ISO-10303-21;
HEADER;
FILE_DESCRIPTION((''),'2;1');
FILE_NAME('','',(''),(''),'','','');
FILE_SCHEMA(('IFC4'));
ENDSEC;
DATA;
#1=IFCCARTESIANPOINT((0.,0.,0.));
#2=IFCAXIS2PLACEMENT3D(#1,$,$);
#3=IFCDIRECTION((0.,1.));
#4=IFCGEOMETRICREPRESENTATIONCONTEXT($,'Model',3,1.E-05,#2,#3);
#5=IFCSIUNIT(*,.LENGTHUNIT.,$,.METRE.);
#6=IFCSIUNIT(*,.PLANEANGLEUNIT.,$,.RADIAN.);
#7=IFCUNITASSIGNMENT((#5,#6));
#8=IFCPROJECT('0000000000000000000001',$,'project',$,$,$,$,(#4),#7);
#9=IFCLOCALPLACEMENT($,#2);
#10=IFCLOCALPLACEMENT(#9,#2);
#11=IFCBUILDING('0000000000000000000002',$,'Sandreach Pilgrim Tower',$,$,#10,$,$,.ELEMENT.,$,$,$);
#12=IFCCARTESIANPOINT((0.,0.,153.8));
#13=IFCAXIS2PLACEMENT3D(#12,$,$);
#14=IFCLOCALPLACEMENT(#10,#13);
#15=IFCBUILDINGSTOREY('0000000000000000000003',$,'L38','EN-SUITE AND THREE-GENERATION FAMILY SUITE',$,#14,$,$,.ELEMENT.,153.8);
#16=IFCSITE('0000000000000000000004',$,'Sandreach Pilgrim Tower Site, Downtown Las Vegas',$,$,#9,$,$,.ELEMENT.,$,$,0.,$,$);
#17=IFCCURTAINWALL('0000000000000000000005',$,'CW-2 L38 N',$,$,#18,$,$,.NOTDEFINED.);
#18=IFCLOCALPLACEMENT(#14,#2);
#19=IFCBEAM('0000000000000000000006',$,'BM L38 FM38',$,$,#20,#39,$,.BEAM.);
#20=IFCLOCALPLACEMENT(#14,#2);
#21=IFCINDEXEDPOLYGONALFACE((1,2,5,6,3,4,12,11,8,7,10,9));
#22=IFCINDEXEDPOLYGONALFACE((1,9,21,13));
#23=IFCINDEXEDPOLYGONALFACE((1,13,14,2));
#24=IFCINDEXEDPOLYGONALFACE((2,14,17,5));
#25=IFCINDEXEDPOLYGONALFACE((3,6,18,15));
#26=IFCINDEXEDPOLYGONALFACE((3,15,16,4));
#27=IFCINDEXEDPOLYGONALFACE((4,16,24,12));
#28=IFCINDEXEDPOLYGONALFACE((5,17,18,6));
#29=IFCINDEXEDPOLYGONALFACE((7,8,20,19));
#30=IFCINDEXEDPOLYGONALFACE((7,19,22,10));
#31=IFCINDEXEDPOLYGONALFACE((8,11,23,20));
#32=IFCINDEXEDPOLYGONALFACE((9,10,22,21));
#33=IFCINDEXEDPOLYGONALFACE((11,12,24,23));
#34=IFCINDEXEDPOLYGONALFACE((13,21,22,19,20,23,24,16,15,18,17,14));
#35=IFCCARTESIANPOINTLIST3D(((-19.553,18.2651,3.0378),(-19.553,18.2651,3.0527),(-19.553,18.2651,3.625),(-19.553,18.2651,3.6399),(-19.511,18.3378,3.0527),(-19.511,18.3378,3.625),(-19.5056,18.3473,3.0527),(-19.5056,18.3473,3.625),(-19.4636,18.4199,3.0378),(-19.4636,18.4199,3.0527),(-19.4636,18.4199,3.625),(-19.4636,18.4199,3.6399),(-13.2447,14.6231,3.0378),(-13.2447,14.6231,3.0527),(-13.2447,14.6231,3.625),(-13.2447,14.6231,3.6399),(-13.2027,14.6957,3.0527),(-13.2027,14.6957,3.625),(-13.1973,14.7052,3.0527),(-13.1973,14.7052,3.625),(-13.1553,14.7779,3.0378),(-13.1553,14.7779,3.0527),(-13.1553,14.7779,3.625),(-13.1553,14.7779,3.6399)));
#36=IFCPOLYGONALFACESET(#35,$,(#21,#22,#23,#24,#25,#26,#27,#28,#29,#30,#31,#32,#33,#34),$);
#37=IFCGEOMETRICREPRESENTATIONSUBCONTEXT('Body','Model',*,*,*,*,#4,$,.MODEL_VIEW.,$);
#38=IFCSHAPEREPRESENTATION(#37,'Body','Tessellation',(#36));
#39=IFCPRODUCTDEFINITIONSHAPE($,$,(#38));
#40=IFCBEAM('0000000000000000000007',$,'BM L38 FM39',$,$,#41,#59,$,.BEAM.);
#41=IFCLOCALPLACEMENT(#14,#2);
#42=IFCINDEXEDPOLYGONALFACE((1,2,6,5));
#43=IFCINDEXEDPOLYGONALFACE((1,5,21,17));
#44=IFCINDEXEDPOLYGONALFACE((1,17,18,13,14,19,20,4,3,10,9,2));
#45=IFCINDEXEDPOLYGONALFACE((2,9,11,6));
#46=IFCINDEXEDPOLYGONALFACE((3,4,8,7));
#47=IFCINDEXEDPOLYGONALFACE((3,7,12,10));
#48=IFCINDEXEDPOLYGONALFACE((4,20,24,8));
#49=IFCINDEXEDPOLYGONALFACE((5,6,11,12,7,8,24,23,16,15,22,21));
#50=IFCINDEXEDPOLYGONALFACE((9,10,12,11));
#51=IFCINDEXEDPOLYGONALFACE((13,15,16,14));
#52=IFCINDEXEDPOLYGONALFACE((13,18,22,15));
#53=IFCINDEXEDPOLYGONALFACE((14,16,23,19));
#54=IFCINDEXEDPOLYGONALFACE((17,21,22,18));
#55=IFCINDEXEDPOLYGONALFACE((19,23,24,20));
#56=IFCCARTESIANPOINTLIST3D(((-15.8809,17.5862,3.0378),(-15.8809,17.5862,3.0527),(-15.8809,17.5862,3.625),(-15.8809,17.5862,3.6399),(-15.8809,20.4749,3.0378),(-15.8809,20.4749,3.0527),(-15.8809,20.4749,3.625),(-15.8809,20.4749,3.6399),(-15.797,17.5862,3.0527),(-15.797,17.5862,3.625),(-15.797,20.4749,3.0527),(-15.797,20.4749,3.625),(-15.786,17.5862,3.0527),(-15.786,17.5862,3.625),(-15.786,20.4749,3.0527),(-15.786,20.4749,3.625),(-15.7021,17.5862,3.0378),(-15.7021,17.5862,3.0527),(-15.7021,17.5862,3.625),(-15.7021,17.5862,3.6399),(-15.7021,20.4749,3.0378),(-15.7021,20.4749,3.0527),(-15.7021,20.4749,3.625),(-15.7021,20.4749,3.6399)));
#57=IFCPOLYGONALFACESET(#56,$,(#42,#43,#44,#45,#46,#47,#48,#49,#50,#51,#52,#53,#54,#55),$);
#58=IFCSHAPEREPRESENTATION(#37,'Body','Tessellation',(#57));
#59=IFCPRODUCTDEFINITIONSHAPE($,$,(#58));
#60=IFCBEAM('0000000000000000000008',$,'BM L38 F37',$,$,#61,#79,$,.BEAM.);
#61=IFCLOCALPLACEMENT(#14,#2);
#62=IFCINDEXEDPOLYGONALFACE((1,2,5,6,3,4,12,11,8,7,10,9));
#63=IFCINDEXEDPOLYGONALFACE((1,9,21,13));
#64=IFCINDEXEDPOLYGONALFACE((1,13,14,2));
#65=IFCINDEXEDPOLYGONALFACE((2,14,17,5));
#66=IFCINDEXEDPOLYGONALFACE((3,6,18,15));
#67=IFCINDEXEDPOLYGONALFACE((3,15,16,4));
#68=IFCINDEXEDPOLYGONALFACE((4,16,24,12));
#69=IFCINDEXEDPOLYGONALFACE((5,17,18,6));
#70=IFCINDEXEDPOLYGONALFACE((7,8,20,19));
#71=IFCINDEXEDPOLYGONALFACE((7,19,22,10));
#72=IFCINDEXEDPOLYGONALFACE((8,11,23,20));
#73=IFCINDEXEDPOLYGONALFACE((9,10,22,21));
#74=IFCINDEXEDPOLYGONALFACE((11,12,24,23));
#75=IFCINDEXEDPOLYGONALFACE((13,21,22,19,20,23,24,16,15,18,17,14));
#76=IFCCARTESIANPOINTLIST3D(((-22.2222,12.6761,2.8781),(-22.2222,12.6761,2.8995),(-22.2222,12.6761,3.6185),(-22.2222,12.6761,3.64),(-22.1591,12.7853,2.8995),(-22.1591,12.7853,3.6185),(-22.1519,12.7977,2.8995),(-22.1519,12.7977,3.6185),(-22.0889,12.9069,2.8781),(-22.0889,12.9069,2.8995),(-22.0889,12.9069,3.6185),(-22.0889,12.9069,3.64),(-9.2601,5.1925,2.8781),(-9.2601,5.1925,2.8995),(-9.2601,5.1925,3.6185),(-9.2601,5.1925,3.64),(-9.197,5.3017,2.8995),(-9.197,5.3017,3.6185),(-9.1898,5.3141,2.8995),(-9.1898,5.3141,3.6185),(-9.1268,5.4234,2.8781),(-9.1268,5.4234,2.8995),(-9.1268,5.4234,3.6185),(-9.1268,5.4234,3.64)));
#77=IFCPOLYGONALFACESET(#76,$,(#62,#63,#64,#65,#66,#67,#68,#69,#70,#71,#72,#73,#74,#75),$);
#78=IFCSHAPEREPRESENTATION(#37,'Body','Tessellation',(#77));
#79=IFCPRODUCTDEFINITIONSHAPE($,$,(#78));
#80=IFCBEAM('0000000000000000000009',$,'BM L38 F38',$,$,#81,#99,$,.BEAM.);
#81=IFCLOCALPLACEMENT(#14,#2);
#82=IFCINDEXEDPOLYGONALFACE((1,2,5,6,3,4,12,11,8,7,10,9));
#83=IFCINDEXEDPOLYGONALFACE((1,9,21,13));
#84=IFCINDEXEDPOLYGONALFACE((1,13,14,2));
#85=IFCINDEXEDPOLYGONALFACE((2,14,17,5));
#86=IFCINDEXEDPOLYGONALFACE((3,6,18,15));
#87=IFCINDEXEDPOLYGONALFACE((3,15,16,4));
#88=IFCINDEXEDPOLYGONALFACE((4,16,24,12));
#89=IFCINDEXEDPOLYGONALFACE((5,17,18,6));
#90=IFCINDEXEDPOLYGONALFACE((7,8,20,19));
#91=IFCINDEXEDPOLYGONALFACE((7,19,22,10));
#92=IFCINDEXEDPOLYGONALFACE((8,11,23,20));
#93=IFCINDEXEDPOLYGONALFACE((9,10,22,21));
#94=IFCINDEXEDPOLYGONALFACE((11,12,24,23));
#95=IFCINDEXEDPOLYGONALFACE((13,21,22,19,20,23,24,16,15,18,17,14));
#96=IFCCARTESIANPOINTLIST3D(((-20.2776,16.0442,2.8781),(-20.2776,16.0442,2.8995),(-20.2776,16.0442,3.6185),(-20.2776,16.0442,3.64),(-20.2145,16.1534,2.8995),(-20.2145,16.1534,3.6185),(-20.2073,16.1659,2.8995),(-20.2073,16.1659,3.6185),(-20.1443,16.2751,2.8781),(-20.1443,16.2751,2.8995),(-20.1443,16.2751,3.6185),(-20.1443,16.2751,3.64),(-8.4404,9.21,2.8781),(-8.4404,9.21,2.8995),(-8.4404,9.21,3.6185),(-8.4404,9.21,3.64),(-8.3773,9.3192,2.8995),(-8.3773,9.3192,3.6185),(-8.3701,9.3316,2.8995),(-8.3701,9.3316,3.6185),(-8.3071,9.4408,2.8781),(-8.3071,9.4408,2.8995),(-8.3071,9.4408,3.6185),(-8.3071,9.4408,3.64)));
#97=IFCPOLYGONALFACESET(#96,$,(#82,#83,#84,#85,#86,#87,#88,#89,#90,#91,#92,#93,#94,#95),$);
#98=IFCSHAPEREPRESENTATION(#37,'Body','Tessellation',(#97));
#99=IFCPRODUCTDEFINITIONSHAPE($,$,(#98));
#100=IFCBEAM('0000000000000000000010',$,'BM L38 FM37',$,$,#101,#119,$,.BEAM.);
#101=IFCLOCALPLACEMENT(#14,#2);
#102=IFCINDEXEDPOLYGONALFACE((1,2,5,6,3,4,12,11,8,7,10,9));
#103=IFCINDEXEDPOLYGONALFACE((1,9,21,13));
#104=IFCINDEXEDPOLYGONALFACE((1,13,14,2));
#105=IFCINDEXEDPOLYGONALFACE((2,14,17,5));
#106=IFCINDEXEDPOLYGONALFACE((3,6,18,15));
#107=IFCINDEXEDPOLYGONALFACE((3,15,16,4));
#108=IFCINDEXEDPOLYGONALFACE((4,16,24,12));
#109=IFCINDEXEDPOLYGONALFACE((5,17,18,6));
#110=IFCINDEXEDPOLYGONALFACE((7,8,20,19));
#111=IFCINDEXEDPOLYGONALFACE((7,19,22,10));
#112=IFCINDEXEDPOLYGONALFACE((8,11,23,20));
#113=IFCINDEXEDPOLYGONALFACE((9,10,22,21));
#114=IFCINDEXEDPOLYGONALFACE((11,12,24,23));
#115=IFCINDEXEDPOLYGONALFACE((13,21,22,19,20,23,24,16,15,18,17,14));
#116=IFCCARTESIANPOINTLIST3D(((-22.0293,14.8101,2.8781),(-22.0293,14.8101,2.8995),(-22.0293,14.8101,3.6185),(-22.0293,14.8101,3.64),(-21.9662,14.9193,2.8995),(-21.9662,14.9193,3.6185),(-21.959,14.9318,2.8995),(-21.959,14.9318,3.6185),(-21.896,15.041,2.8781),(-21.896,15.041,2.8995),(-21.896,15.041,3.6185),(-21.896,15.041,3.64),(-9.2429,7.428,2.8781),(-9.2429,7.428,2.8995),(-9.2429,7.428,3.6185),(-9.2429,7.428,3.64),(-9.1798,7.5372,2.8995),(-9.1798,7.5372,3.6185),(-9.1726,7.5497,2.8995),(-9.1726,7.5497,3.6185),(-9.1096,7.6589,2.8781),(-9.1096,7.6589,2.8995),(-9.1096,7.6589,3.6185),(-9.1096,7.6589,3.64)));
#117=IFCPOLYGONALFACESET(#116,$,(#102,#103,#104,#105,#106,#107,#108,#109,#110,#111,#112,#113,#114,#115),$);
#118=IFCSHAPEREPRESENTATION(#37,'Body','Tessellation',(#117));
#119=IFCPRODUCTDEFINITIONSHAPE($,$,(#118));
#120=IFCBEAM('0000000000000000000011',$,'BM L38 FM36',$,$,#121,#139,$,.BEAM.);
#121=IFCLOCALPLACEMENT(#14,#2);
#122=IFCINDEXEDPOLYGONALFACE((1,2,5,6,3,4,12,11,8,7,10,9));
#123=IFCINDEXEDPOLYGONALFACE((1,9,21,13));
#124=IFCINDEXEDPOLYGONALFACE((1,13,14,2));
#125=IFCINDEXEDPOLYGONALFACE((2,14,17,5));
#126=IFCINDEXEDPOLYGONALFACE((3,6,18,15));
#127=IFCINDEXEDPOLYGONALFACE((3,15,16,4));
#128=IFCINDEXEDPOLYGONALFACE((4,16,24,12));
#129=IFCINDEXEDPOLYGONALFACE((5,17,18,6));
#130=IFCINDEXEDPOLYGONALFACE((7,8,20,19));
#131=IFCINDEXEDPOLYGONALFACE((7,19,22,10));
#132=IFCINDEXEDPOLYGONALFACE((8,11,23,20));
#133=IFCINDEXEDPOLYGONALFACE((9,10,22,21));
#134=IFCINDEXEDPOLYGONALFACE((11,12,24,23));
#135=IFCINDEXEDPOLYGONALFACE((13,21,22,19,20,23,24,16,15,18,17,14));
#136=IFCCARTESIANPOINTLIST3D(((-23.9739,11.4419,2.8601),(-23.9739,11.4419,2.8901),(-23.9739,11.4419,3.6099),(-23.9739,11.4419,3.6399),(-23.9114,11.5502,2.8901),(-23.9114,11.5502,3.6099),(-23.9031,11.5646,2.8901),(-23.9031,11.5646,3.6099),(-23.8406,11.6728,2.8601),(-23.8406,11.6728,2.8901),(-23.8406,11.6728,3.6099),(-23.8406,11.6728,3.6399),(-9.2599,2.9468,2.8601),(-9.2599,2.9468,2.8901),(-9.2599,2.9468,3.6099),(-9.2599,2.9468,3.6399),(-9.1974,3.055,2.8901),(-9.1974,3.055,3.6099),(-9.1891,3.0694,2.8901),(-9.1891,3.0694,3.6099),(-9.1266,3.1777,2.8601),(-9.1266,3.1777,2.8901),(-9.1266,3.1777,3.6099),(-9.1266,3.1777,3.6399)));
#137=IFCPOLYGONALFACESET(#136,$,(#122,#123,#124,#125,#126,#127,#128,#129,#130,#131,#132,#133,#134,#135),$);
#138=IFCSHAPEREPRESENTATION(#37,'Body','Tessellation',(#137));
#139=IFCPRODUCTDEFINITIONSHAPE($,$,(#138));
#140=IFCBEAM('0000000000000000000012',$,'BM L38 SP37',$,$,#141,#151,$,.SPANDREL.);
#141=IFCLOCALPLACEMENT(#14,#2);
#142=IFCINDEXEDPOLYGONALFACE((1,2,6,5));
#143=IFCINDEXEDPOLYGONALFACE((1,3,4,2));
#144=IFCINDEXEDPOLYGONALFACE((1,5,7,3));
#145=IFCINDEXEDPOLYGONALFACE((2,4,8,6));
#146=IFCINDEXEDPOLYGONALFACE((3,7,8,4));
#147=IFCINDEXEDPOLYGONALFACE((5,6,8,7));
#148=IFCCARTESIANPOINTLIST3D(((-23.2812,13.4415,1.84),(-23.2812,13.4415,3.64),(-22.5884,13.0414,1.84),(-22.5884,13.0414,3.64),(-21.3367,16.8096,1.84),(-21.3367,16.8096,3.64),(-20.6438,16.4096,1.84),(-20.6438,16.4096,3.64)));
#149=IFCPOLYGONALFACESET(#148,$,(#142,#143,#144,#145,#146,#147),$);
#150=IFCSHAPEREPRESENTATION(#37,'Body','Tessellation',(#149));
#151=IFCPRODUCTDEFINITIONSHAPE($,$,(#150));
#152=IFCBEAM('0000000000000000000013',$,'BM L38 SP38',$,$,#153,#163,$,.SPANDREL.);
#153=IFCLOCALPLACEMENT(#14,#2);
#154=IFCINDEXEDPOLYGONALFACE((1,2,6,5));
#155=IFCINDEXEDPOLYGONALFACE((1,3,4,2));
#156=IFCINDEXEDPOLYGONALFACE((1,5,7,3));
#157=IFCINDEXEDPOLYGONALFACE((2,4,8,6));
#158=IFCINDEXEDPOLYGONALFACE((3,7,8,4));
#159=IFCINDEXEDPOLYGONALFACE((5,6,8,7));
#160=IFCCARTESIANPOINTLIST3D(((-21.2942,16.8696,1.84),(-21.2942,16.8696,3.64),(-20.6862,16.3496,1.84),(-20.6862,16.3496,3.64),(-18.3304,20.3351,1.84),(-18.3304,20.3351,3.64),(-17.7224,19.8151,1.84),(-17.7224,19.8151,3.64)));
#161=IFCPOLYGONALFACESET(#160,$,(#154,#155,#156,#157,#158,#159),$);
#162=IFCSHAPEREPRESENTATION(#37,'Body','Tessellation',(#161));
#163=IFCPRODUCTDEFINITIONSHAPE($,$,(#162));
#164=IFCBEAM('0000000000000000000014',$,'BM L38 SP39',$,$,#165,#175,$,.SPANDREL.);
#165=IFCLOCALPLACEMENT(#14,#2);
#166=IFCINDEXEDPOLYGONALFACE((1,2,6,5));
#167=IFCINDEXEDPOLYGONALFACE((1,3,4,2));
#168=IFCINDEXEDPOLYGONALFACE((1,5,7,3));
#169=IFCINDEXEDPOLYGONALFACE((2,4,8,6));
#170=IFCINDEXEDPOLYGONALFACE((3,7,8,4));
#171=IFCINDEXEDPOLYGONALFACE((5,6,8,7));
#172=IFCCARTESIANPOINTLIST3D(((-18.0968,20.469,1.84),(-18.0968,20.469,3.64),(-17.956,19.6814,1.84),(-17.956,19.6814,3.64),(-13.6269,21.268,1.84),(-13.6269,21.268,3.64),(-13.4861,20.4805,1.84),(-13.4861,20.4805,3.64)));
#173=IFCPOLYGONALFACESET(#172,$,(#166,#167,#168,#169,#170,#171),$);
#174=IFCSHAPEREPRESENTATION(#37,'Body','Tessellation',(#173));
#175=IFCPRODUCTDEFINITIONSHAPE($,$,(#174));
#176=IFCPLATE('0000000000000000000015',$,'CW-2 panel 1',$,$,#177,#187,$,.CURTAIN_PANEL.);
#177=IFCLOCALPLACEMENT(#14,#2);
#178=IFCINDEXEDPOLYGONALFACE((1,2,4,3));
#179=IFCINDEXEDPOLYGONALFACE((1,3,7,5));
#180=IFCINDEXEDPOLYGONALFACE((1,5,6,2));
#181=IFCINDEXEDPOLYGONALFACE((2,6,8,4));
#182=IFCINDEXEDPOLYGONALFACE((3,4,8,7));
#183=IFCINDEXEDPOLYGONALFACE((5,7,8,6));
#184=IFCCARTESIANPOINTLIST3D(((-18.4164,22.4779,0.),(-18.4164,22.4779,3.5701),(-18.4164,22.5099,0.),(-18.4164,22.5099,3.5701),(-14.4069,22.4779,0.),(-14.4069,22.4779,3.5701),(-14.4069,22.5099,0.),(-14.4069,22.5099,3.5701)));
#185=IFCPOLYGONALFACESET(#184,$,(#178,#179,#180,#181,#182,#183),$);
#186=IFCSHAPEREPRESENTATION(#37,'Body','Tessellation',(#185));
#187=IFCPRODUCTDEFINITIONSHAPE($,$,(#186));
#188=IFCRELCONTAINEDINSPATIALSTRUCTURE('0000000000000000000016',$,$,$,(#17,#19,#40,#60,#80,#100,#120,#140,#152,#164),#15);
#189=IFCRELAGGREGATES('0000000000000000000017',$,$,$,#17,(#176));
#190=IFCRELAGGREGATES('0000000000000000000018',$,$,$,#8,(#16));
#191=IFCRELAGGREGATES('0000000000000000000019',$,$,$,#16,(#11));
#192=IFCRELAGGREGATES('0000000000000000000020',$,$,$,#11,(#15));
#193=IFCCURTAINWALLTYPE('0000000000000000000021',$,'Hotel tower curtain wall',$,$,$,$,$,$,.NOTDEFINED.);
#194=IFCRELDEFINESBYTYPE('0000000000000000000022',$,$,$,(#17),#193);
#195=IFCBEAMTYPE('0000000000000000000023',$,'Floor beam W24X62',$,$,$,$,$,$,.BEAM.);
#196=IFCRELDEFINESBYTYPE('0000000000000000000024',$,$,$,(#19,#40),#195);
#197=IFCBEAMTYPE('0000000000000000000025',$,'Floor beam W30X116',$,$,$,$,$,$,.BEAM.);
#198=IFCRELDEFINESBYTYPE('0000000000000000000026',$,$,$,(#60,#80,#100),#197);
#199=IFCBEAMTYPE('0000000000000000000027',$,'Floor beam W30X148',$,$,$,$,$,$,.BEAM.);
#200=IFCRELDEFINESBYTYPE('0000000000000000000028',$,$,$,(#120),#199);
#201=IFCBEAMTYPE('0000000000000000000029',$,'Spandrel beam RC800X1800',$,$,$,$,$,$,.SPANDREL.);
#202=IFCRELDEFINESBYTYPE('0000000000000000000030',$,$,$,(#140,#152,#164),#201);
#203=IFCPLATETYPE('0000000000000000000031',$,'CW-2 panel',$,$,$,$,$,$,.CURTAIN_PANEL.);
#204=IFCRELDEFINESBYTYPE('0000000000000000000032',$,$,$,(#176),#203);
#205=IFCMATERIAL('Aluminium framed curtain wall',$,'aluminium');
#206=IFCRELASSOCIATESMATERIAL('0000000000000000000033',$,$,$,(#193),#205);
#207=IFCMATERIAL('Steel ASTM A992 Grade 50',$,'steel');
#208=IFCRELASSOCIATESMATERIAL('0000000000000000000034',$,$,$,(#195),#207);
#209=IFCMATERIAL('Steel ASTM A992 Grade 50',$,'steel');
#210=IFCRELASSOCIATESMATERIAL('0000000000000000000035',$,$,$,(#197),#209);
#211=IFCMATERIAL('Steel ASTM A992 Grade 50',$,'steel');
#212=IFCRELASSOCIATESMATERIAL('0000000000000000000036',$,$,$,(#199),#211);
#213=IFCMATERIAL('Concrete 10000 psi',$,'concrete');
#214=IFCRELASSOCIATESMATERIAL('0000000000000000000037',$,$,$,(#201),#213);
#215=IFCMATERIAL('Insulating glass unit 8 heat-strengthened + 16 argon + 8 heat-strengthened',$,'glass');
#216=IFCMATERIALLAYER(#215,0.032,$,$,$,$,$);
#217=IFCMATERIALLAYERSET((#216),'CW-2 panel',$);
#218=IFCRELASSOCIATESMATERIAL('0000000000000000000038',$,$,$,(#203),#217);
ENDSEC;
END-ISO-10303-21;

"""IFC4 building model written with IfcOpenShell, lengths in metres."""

from ifc_helpers import new_model, si_unit, direction, frame, origin, origin_2d, place, context, subcontext, project, spatial, rectangle, i_section, extrude, material, layer, layer_set, material_profile, profile_set, type_object, element, aggregate, save


model = new_model("IFC4")

# Units and contexts
model_context = context("Model", 3, precision=1e-05, world=origin(), true_north=direction((0.0, 1.0)))
body_context = subcontext(model_context, "Body", "Model", "MODEL_VIEW")
ifc_project = project(units=[si_unit("LENGTHUNIT", "METRE"), si_unit("PLANEANGLEUNIT", "RADIAN")], contexts=[model_context])

# Site, building, storey
site_placement = place(None, origin())
site = spatial("IfcSite", under=ifc_project, at=site_placement, Name="Sandreach Pilgrim Tower Site, Downtown Las Vegas", CompositionType="ELEMENT", RefElevation=0.0)
building_placement = place(site_placement, origin())
building = spatial("IfcBuilding", under=site, at=building_placement, Name="Sandreach Pilgrim Tower", CompositionType="ELEMENT")
storey_placement = place(building_placement, frame((0.0, 0.0, 153.8)))
storey = spatial("IfcBuildingStorey", under=building, at=storey_placement, Name="L38", Description="EN-SUITE AND THREE-GENERATION FAMILY SUITE", CompositionType="ELEMENT", Elevation=153.8)

# Curtain wall
ifc_material_1 = material(Name="Aluminium framed curtain wall", Category="aluminium")
curtain_wall_type = type_object("IfcCurtainWallType", Name="Hotel tower curtain wall", PredefinedType="NOTDEFINED", material=ifc_material_1)
curtain_wall_1_placement = place(storey_placement, origin())
curtain_wall_1 = element("IfcCurtainWall", 1, at=curtain_wall_1_placement, inside=storey, type_object=curtain_wall_type, Name="CW-2 L38 N", PredefinedType="NOTDEFINED")

# Beams
ifc_material_2 = material(Name="Steel ASTM A992 Grade 50", Category="steel")
ifc_material_profile_1 = material_profile(ifc_material_2, i_section(OverallWidth=0.1787, OverallDepth=0.6021, WebThickness=0.011, FlangeThickness=0.0149, at=origin_2d()), Name="W24X62")
ifc_profile_set_1 = profile_set([ifc_material_profile_1], Name="Steel ASTM A992 Grade 50")
beam_type_1 = type_object("IfcBeamType", Name="Floor beam W24X62", PredefinedType="BEAM", material=ifc_profile_set_1)
beam_1_placement = place(storey_placement, frame((-19.5083, 18.3425, 3.3389), z_axis=(0.866028, -0.499996, 0.0), x_axis=(0.499996, 0.866028, 0.0)))
element("IfcBeam", 2, at=beam_1_placement, inside=storey, type_object=beam_type_1, Name="BM L38 FM38", PredefinedType="BEAM", context=body_context, shape_type="SweptSolid", body=[
    extrude(i_section(OverallWidth=0.1787, OverallDepth=0.6021, WebThickness=0.011, FlangeThickness=0.0149, at=origin_2d()), origin(), (0.0, 0.0, 1.0), 7.2842),
])
beam_2_placement = place(storey_placement, frame((-15.7915, 20.4749, 3.3389), z_axis=(0.0, -1.0, 0.0), x_axis=(1.0, 0.0, 0.0)))
element("IfcBeam", 3, at=beam_2_placement, inside=storey, type_object=beam_type_1, Name="BM L38 FM39", PredefinedType="BEAM", context=body_context, shape_type="SweptSolid", body=[
    extrude(i_section(OverallWidth=0.1787, OverallDepth=0.6021, WebThickness=0.011, FlangeThickness=0.0149, at=origin_2d()), origin(), (0.0, 0.0, 1.0), 2.8887),
])
ifc_material_3 = material(Name="Steel ASTM A992 Grade 50", Category="steel")
ifc_material_profile_2 = material_profile(ifc_material_3, i_section(OverallWidth=0.2666, OverallDepth=0.762, WebThickness=0.0144, FlangeThickness=0.0215, at=origin_2d()), Name="W30X116")
ifc_profile_set_2 = profile_set([ifc_material_profile_2], Name="Steel ASTM A992 Grade 50")
beam_type_2 = type_object("IfcBeamType", Name="Floor beam W30X116", PredefinedType="BEAM", material=ifc_profile_set_2)
beam_3_placement = place(storey_placement, frame((-22.1555, 12.7915, 3.259), z_axis=(0.866027, -0.499997, 0.0), x_axis=(0.499997, 0.866027, 0.0)))
element("IfcBeam", 4, at=beam_3_placement, inside=storey, type_object=beam_type_2, Name="BM L38 F37", PredefinedType="BEAM", context=body_context, shape_type="SweptSolid", body=[
    extrude(i_section(OverallWidth=0.2666, OverallDepth=0.762, WebThickness=0.0144, FlangeThickness=0.0215, at=origin_2d()), origin(), (0.0, 0.0, 1.0), 14.9673),
])
beam_4_placement = place(storey_placement, frame((-20.2109, 16.1597, 3.259), z_axis=(0.866024, -0.500002, 0.0), x_axis=(0.500002, 0.866024, 0.0)))
element("IfcBeam", 5, at=beam_4_placement, inside=storey, type_object=beam_type_2, Name="BM L38 F38", PredefinedType="BEAM", context=body_context, shape_type="SweptSolid", body=[
    extrude(i_section(OverallWidth=0.2666, OverallDepth=0.762, WebThickness=0.0144, FlangeThickness=0.0215, at=origin_2d()), origin(), (0.0, 0.0, 1.0), 13.6685),
])
beam_5_placement = place(storey_placement, frame((-21.9626, 14.9255, 3.259), z_axis=(0.866029, -0.499993, 0.0), x_axis=(0.499993, 0.866029, 0.0)))
element("IfcBeam", 6, at=beam_5_placement, inside=storey, type_object=beam_type_2, Name="BM L38 FM37", PredefinedType="BEAM", context=body_context, shape_type="SweptSolid", body=[
    extrude(i_section(OverallWidth=0.2666, OverallDepth=0.762, WebThickness=0.0144, FlangeThickness=0.0215, at=origin_2d()), origin(), (0.0, 0.0, 1.0), 14.7644),
])
ifc_material_4 = material(Name="Steel ASTM A992 Grade 50", Category="steel")
ifc_material_profile_3 = material_profile(ifc_material_4, i_section(OverallWidth=0.2666, OverallDepth=0.7798, WebThickness=0.0166, FlangeThickness=0.03, at=origin_2d()), Name="W30X148")
ifc_profile_set_3 = profile_set([ifc_material_profile_3], Name="Steel ASTM A992 Grade 50")
beam_type_3 = type_object("IfcBeamType", Name="Floor beam W30X148", PredefinedType="BEAM", material=ifc_profile_set_3)
beam_6_placement = place(storey_placement, frame((-23.9072, 11.5574, 3.25), z_axis=(0.866024, -0.500003, 0.0), x_axis=(0.500003, 0.866024, 0.0)))
element("IfcBeam", 7, at=beam_6_placement, inside=storey, type_object=beam_type_3, Name="BM L38 FM36", PredefinedType="BEAM", context=body_context, shape_type="SweptSolid", body=[
    extrude(i_section(OverallWidth=0.2666, OverallDepth=0.7798, WebThickness=0.0166, FlangeThickness=0.03, at=origin_2d()), origin(), (0.0, 0.0, 1.0), 16.9902),
])
ifc_material_5 = material(Name="Concrete 10000 psi", Category="concrete")
ifc_material_profile_4 = material_profile(ifc_material_5, rectangle(XDim=0.8, YDim=1.8, at=origin_2d()), Name="RC800X1800")
ifc_profile_set_4 = profile_set([ifc_material_profile_4], Name="Concrete 10000 psi")
beam_type_4 = type_object("IfcBeamType", Name="Spandrel beam RC800X1800", PredefinedType="SPANDREL", material=ifc_profile_set_4)
beam_7_placement = place(storey_placement, frame((-22.9348, 13.2415, 2.74), z_axis=(0.499994, 0.866029, 0.0), x_axis=(-0.866029, 0.499994, 0.0)))
element("IfcBeam", 8, at=beam_7_placement, inside=storey, type_object=beam_type_4, Name="BM L38 SP37", PredefinedType="SPANDREL", context=body_context, shape_type="SweptSolid", body=[
    extrude(rectangle(XDim=0.8, YDim=1.8, at=origin_2d()), origin(), (0.0, 0.0, 1.0), 3.8892),
])
beam_8_placement = place(storey_placement, frame((-20.9902, 16.6096, 2.74), z_axis=(0.649953, 0.759974, 0.0), x_axis=(-0.759974, 0.649953, 0.0)))
element("IfcBeam", 9, at=beam_8_placement, inside=storey, type_object=beam_type_4, Name="BM L38 SP38", PredefinedType="SPANDREL", context=body_context, shape_type="SweptSolid", body=[
    extrude(rectangle(XDim=0.8, YDim=1.8, at=origin_2d()), origin(), (0.0, 0.0, 1.0), 4.5601),
])
beam_9_placement = place(storey_placement, frame((-18.0264, 20.0752, 2.74), z_axis=(0.984395, 0.175975, 0.0), x_axis=(-0.175975, 0.984395, 0.0)))
element("IfcBeam", 10, at=beam_9_placement, inside=storey, type_object=beam_type_4, Name="BM L38 SP39", PredefinedType="SPANDREL", context=body_context, shape_type="SweptSolid", body=[
    extrude(rectangle(XDim=0.8, YDim=1.8, at=origin_2d()), origin(), (0.0, 0.0, 1.0), 4.5408),
])

# Plate
ifc_material_6 = material(Name="Insulating glass unit 8 heat-strengthened + 16 argon + 8 heat-strengthened", Category="glass")
ifc_layer_1 = layer(ifc_material_6, 0.032)
ifc_layer_set_1 = layer_set([ifc_layer_1], Name="CW-2 panel")
plate_type = type_object("IfcPlateType", Name="CW-2 panel", PredefinedType="CURTAIN_PANEL", material=ifc_layer_set_1)
plate_1_placement = place(storey_placement, frame((-16.4116, 22.4939, 0.0), z_axis=(0.0, 0.0, 1.0), x_axis=(1.0, 0.0, 0.0)))
plate_1 = element("IfcPlate", 11, at=plate_1_placement, type_object=plate_type, Name="CW-2 panel 1", PredefinedType="CURTAIN_PANEL", context=body_context, shape_type="SweptSolid", body=[
    extrude(rectangle(XDim=4.0095, YDim=0.032, at=origin_2d()), origin(), (0.0, 0.0, 1.0), 3.5701),
])
aggregate(curtain_wall_1, [plate_1])

save(model, "model.ifc")
